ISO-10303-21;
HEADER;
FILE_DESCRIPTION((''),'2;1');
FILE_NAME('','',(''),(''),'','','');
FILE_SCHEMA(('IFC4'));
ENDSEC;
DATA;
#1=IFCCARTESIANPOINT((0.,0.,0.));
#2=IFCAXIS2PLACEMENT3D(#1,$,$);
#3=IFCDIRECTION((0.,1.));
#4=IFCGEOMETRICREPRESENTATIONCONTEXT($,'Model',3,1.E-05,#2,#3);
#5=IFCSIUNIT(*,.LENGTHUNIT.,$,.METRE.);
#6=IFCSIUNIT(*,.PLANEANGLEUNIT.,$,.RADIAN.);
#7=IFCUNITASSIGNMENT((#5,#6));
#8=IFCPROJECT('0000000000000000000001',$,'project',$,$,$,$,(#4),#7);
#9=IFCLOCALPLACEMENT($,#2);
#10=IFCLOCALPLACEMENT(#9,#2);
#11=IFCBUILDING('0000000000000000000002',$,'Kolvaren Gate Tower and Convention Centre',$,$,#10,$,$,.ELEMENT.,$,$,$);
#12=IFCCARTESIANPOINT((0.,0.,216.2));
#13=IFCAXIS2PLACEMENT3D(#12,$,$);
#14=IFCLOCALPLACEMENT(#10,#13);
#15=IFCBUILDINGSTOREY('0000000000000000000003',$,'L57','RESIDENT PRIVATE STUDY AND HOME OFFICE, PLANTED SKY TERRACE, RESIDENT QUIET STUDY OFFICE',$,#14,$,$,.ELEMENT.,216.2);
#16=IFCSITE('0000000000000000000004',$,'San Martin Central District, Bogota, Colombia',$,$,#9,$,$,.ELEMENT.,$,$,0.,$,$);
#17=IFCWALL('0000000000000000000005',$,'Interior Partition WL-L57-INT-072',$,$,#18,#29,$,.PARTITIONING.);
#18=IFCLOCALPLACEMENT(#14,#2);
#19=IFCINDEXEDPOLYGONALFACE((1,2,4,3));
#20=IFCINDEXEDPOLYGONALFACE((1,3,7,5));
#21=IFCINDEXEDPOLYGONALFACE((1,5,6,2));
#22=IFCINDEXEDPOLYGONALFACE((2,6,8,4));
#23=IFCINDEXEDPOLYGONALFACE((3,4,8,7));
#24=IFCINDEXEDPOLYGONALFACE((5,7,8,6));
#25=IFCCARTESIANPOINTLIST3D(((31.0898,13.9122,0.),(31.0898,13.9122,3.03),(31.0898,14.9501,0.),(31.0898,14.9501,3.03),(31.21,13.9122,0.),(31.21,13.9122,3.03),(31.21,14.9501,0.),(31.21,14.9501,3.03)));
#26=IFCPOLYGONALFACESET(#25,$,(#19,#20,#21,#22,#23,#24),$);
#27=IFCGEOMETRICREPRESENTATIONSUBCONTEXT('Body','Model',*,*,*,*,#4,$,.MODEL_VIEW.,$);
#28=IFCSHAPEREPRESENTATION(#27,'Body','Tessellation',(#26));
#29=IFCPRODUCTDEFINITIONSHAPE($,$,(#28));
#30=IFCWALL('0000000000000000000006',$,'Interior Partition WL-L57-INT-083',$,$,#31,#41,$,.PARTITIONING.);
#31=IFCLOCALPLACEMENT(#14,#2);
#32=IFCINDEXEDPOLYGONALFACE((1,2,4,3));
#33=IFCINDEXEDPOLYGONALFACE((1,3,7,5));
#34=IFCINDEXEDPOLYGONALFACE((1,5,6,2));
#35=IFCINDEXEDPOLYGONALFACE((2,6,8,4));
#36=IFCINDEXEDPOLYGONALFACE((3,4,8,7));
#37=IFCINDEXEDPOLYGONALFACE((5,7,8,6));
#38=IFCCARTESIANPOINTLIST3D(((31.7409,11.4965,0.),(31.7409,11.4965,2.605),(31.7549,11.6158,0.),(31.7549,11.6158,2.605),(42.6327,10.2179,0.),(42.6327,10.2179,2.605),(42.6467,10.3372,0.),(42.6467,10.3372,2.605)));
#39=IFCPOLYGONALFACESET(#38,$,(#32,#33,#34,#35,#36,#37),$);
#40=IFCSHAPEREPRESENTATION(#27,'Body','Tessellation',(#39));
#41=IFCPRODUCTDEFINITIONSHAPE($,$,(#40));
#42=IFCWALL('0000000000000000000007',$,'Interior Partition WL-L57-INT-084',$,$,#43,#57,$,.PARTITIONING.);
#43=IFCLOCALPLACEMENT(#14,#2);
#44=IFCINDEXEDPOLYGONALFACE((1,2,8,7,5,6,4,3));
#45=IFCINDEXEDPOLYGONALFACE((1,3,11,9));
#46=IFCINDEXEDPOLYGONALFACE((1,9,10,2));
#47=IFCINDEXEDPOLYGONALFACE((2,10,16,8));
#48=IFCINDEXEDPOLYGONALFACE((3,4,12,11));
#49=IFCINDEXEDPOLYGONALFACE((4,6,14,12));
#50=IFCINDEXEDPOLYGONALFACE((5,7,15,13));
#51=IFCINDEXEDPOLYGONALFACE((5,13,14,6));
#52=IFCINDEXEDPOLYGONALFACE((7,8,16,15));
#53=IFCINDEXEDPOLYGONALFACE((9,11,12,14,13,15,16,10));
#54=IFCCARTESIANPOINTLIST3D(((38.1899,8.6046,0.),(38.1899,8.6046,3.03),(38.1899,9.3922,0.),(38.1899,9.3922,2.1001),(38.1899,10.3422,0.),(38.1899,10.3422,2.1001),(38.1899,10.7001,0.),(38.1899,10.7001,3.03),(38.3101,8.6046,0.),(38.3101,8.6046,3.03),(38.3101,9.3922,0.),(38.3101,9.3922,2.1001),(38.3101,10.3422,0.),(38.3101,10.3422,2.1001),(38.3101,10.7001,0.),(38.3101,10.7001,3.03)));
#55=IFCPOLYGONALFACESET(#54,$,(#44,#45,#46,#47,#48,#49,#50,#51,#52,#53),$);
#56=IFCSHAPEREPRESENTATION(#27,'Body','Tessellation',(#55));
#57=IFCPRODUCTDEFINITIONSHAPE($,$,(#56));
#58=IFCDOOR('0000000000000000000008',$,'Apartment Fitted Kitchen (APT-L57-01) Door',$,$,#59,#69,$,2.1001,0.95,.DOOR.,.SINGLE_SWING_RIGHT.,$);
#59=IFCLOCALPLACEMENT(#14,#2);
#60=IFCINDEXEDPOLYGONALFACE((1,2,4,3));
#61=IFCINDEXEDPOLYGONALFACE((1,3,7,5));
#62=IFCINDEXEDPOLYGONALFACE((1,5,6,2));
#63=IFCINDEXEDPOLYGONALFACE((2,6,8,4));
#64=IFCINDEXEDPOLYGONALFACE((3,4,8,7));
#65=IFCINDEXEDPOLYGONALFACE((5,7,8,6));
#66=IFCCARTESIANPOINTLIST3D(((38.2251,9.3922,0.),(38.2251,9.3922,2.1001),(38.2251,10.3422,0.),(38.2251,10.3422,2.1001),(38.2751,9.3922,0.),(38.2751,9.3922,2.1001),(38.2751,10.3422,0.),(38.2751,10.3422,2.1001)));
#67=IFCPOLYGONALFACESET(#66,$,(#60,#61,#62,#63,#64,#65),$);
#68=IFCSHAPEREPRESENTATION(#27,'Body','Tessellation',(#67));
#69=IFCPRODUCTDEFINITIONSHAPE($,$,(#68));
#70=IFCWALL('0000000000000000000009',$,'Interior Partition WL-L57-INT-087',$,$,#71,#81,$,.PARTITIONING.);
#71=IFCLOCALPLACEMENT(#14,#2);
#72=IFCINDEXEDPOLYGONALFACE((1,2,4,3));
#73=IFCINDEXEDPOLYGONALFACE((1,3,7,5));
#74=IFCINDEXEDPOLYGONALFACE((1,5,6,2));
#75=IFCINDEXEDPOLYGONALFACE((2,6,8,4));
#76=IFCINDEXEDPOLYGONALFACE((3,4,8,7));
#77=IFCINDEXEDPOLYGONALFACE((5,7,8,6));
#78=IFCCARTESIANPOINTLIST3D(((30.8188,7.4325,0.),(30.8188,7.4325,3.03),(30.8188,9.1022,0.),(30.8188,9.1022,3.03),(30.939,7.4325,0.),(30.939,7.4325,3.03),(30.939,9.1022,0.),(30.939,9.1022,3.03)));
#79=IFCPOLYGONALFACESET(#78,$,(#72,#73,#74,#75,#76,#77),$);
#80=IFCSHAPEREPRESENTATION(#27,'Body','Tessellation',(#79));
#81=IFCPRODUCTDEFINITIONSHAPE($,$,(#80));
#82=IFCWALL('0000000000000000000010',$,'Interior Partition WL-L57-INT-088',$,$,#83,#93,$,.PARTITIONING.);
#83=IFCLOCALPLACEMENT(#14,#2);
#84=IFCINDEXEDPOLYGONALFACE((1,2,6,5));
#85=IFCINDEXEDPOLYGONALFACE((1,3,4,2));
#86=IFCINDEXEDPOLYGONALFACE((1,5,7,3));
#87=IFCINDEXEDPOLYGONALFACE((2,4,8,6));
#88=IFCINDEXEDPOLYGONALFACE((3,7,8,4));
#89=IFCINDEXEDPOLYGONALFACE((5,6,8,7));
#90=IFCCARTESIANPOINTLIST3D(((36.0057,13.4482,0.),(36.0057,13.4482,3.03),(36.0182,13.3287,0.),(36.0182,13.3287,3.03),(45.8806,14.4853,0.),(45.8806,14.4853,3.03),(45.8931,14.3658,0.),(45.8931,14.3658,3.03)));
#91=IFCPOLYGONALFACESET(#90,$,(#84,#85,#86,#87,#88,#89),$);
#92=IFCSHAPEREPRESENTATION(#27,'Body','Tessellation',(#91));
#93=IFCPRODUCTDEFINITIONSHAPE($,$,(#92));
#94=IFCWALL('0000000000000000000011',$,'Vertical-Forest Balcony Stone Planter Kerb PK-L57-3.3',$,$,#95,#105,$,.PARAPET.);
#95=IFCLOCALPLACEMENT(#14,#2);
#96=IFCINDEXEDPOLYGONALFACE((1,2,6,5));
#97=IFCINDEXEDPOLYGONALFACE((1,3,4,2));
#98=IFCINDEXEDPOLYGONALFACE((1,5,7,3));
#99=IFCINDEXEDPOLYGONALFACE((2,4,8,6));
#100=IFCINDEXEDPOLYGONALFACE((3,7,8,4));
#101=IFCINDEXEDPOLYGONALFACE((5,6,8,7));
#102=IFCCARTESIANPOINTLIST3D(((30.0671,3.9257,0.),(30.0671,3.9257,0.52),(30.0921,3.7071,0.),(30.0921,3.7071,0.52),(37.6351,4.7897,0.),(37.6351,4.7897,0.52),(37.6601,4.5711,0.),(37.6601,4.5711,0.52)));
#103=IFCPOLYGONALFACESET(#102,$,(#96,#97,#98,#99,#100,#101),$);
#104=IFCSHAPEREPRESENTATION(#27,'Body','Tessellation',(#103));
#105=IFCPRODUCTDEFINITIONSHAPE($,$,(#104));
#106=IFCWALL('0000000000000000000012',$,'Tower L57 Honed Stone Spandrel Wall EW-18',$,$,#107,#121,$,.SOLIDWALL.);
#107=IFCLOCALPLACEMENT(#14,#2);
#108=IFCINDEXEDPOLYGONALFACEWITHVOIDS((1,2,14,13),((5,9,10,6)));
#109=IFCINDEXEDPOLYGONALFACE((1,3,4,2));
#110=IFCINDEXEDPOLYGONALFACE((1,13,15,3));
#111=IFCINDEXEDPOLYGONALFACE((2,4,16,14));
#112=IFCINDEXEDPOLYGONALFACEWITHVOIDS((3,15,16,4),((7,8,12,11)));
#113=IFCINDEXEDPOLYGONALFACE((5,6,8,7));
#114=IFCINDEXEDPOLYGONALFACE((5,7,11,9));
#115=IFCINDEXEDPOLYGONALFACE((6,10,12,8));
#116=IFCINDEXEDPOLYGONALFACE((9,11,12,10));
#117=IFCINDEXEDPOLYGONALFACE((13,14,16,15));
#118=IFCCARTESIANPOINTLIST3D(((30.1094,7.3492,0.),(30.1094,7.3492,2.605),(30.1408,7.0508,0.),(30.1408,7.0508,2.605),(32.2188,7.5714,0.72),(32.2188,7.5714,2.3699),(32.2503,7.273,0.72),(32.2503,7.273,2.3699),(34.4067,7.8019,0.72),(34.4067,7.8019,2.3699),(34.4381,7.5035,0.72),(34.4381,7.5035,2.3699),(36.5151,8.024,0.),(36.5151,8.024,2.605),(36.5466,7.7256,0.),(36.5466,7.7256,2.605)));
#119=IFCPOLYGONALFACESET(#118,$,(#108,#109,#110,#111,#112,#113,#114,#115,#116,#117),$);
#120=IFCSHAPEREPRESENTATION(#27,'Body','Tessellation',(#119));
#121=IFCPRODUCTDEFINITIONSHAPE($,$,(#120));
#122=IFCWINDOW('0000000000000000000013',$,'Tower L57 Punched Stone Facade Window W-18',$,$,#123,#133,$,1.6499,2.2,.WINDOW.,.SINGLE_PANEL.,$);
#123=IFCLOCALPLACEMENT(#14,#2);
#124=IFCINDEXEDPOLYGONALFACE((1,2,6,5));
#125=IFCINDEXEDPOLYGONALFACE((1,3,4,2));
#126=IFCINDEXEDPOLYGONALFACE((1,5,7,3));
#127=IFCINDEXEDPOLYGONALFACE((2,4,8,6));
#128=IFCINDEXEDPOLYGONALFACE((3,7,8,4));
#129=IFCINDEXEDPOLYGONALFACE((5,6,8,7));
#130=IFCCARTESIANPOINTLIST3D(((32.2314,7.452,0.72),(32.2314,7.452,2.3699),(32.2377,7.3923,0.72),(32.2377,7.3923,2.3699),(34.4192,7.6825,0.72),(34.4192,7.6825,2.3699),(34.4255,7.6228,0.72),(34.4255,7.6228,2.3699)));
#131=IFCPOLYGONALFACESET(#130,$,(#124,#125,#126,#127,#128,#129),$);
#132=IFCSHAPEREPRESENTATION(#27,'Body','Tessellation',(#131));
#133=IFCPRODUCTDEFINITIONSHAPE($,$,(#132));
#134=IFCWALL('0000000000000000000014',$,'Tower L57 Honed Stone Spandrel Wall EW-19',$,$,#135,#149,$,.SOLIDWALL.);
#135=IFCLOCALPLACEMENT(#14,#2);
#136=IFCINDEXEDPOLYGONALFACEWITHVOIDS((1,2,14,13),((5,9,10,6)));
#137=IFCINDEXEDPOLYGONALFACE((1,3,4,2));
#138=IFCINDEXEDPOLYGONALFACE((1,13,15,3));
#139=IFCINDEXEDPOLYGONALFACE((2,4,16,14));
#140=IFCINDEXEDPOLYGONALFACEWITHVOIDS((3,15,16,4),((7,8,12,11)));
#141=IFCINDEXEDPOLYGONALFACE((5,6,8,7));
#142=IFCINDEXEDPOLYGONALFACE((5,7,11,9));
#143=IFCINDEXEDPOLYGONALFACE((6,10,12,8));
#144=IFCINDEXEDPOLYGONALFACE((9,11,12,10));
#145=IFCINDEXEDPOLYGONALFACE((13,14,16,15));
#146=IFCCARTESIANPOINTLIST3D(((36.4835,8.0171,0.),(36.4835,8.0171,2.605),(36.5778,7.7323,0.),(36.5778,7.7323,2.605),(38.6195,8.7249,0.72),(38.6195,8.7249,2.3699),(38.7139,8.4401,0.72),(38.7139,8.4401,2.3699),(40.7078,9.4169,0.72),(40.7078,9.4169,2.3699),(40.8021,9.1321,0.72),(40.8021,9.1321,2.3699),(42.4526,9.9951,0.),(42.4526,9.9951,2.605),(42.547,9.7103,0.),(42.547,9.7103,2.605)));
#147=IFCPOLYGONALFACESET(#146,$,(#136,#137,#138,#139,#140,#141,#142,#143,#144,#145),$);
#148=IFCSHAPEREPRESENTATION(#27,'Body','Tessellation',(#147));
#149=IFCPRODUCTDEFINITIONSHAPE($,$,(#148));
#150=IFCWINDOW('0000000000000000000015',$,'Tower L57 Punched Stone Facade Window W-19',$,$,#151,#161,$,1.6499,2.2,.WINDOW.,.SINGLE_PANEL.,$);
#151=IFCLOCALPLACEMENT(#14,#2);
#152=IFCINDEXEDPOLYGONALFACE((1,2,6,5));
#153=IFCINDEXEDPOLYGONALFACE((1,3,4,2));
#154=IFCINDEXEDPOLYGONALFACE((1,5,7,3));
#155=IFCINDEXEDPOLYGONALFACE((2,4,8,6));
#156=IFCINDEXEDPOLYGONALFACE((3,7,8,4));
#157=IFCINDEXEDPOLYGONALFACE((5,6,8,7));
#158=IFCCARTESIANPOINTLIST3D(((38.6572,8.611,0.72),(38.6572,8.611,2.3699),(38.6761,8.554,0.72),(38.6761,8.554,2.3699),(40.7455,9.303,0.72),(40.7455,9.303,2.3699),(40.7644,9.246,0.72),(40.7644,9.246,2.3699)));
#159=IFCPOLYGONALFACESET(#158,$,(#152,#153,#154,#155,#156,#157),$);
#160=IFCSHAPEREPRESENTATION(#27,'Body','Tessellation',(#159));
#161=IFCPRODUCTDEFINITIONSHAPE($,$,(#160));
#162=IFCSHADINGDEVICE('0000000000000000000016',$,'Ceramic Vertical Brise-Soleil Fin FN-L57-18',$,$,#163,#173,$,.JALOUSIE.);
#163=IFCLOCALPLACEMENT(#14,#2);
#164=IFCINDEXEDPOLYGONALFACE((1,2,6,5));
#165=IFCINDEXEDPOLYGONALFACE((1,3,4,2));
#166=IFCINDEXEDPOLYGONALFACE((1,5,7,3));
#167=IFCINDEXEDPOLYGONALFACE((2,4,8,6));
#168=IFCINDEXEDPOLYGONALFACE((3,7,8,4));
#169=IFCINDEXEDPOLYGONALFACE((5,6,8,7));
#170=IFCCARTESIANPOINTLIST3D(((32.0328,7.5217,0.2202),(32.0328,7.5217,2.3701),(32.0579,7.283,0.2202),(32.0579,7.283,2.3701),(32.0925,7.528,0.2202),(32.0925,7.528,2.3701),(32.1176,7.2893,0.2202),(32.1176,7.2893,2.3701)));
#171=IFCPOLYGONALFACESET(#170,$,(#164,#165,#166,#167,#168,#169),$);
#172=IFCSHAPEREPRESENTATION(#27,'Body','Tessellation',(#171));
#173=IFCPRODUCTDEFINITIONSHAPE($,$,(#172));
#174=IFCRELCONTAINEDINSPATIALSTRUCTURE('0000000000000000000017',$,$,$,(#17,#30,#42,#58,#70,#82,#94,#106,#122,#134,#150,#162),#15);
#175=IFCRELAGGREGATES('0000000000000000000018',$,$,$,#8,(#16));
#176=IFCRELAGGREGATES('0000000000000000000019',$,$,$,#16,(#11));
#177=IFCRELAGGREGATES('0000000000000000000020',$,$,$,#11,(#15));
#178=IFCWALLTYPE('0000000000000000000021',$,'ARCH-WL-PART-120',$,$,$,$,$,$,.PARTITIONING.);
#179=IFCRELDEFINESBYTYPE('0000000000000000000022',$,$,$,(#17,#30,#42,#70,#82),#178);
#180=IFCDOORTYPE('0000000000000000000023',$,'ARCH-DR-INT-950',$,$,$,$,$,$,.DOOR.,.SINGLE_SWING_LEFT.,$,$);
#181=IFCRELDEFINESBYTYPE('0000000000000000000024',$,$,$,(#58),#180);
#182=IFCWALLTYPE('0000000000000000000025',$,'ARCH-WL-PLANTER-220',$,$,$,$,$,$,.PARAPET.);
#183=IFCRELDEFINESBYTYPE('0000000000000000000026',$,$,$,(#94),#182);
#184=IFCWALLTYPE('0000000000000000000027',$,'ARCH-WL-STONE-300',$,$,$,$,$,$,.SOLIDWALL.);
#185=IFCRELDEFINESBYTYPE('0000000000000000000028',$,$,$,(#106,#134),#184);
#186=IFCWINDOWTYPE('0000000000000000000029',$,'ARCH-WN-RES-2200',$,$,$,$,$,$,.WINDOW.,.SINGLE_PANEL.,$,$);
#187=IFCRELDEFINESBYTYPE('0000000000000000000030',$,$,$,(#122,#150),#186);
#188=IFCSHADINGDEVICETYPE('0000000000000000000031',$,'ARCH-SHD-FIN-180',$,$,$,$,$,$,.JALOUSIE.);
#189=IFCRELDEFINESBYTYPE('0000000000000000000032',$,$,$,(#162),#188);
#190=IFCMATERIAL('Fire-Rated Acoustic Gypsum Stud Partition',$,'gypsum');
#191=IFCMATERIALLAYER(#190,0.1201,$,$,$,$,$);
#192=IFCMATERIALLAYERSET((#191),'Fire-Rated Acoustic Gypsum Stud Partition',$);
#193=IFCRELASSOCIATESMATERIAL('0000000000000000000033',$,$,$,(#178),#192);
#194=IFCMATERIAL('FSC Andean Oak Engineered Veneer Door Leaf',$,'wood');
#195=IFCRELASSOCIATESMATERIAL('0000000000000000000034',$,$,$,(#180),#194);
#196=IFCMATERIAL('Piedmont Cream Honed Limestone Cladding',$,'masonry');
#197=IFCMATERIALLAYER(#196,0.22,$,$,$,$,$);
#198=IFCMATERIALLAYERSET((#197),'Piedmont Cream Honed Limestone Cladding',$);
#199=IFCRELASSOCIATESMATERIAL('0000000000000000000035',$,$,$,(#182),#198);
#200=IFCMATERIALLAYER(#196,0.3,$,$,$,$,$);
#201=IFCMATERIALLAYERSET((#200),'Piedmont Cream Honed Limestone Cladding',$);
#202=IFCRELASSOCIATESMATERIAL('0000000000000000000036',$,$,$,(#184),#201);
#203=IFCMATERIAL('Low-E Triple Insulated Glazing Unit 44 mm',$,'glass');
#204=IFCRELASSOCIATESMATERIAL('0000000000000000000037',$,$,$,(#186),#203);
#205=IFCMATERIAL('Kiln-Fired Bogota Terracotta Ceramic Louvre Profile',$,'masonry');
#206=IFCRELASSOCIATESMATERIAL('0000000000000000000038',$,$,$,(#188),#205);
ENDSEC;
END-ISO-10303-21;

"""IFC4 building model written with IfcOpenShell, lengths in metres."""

from ifc_helpers import new_model, si_unit, direction, frame, frame_2d, origin, origin_2d, place, context, subcontext, project, spatial, rectangle, extrude, material, layer, layer_set, type_object, element, fill, save


model = new_model("IFC4")

# Units and contexts
model_context = context("Model", 3, precision=1e-05, world=origin(), true_north=direction((0.0, 1.0)))
body_context = subcontext(model_context, "Body", "Model", "MODEL_VIEW")
ifc_project = project(units=[si_unit("LENGTHUNIT", "METRE"), si_unit("PLANEANGLEUNIT", "RADIAN")], contexts=[model_context])

# Site, building, storey
site_placement = place(None, origin())
site = spatial("IfcSite", under=ifc_project, at=site_placement, Name="San Martin Central District, Bogota, Colombia", CompositionType="ELEMENT", RefElevation=0.0)
building_placement = place(site_placement, origin())
building = spatial("IfcBuilding", under=site, at=building_placement, Name="Kolvaren Gate Tower and Convention Centre", CompositionType="ELEMENT")
storey_placement = place(building_placement, frame((0.0, 0.0, 216.2)))
storey = spatial("IfcBuildingStorey", under=building, at=storey_placement, Name="L57", Description="RESIDENT PRIVATE STUDY AND HOME OFFICE, PLANTED SKY TERRACE, RESIDENT QUIET STUDY OFFICE", CompositionType="ELEMENT", Elevation=216.2)

# Shared definitions
ifc_material_1 = material(Name="Fire-Rated Acoustic Gypsum Stud Partition", Category="gypsum")
ifc_layer_1 = layer(ifc_material_1, 0.1201)
ifc_layer_set_1 = layer_set([ifc_layer_1], Name="Fire-Rated Acoustic Gypsum Stud Partition")
wall_type_1 = type_object("IfcWallType", Name="ARCH-WL-PART-120", PredefinedType="PARTITIONING", material=ifc_layer_set_1)

# Walls
wall_1_placement = place(storey_placement, frame((31.1499, 13.9121, 0.0), z_axis=(0.0, 0.0, 1.0), x_axis=(0.0, 1.0, 0.0)))
element("IfcWall", 1, at=wall_1_placement, inside=storey, type_object=wall_type_1, Name="Interior Partition WL-L57-INT-072", PredefinedType="PARTITIONING", context=body_context, shape_type="SweptSolid", body=[
    extrude(rectangle(XDim=1.0378, YDim=0.1201, at=frame_2d((0.519, 0.0))), origin(), (0.0, 0.0, 1.0), 3.03),
])
wall_2_placement = place(storey_placement, frame((31.7478, 11.5562, 0.0), z_axis=(0.0, 0.0, 1.0), x_axis=(0.993181, -0.116587, 0.0)))
element("IfcWall", 2, at=wall_2_placement, inside=storey, type_object=wall_type_1, Name="Interior Partition WL-L57-INT-083", PredefinedType="PARTITIONING", context=body_context, shape_type="SweptSolid", body=[
    extrude(rectangle(XDim=10.9666, YDim=0.1201, at=frame_2d((5.4834, 0.0))), origin(), (0.0, 0.0, 1.0), 2.605),
])

# Wall, opening, door
wall_3_placement = place(storey_placement, frame((38.25, 8.6045, 0.0), z_axis=(0.0, 0.0, 1.0), x_axis=(0.0, 1.0, 0.0)))
wall_3 = element("IfcWall", 3, at=wall_3_placement, inside=storey, type_object=wall_type_1, Name="Interior Partition WL-L57-INT-084", PredefinedType="PARTITIONING", context=body_context, shape_type="SweptSolid", body=[
    extrude(rectangle(XDim=2.0955, YDim=0.1201, at=frame_2d((1.0479, 0.0))), origin(), (0.0, 0.0, 1.0), 3.03),
])
opening_1_placement = place(wall_3_placement, frame((0.7876, 0.0, 0.0)))
opening_1 = element("IfcOpeningElement", 4, at=opening_1_placement, cuts=wall_3, PredefinedType="OPENING", context=body_context, shape_type="SweptSolid", body=[
    extrude(rectangle(XDim=0.95, YDim=2.1001, at=frame_2d((0.4751, 1.05))), frame((0.0, 0.0701, 0.0), z_axis=(0.0, -1.0, 0.0), x_axis=(1.0, 0.0, 0.0)), (0.0, 0.0, 1.0), 0.1401),
])
ifc_material_2 = material(Name="FSC Andean Oak Engineered Veneer Door Leaf", Category="wood")
door_type_1 = type_object("IfcDoorType", Name="ARCH-DR-INT-950", OperationType="SINGLE_SWING_LEFT", PredefinedType="DOOR", material=ifc_material_2)
door_1_placement = place(opening_1_placement, origin())
door_1 = element("IfcDoor", 5, at=door_1_placement, inside=storey, type_object=door_type_1, Name="Apartment Fitted Kitchen (APT-L57-01) Door", OperationType="SINGLE_SWING_RIGHT", OverallHeight=2.1001, OverallWidth=0.95, PredefinedType="DOOR", context=body_context, shape_type="SweptSolid", body=[
    extrude(rectangle(XDim=0.95, YDim=2.1001, at=frame_2d((0.4751, 1.05))), frame((0.0, 0.0249, 0.0), z_axis=(0.0, -1.0, 0.0), x_axis=(1.0, 0.0, 0.0)), (0.0, 0.0, 1.0), 0.05),
])
fill(opening_1, door_1)

# Walls
wall_4_placement = place(storey_placement, frame((30.8789, 7.4324, 0.0), z_axis=(0.0, 0.0, 1.0), x_axis=(0.0, 1.0, 0.0)))
element("IfcWall", 6, at=wall_4_placement, inside=storey, type_object=wall_type_1, Name="Interior Partition WL-L57-INT-087", PredefinedType="PARTITIONING", context=body_context, shape_type="SweptSolid", body=[
    extrude(rectangle(XDim=1.6697, YDim=0.1201, at=frame_2d((0.835, 0.0))), origin(), (0.0, 0.0, 1.0), 3.03),
])
wall_5_placement = place(storey_placement, frame((36.012, 13.3884, 0.0), z_axis=(0.0, 0.0, 1.0), x_axis=(0.99453, 0.104449, 0.0)))
element("IfcWall", 7, at=wall_5_placement, inside=storey, type_object=wall_type_1, Name="Interior Partition WL-L57-INT-088", PredefinedType="PARTITIONING", context=body_context, shape_type="SweptSolid", body=[
    extrude(rectangle(XDim=9.9292, YDim=0.1201, at=frame_2d((4.9646, 0.0))), origin(), (0.0, 0.0, 1.0), 3.03),
])
ifc_material_3 = material(Name="Piedmont Cream Honed Limestone Cladding", Category="masonry")
ifc_layer_2 = layer(ifc_material_3, 0.22)
ifc_layer_set_2 = layer_set([ifc_layer_2], Name="Piedmont Cream Honed Limestone Cladding")
wall_type_2 = type_object("IfcWallType", Name="ARCH-WL-PLANTER-220", PredefinedType="PARAPET", material=ifc_layer_set_2)
wall_6_placement = place(storey_placement, frame((30.0796, 3.8164, 0.0), z_axis=(0.0, 0.0, 1.0), x_axis=(0.993546, 0.113428, 0.0)))
element("IfcWall", 8, at=wall_6_placement, inside=storey, type_object=wall_type_2, Name="Vertical-Forest Balcony Stone Planter Kerb PK-L57-3.3", PredefinedType="PARAPET", context=body_context, shape_type="SweptSolid", body=[
    extrude(rectangle(XDim=7.6172, YDim=0.22, at=frame_2d((3.8086, 0.0))), origin(), (0.0, 0.0, 1.0), 0.52),
])

# Walls, openings, windows
ifc_layer_3 = layer(ifc_material_3, 0.3)
ifc_layer_set_3 = layer_set([ifc_layer_3], Name="Piedmont Cream Honed Limestone Cladding")
wall_type_3 = type_object("IfcWallType", Name="ARCH-WL-STONE-300", PredefinedType="SOLIDWALL", material=ifc_layer_set_3)
wall_7_placement = place(storey_placement, frame((30.125, 7.2, 0.0), z_axis=(0.0, 0.0, 1.0), x_axis=(0.994497, 0.104764, 0.0)))
wall_7 = element("IfcWall", 9, at=wall_7_placement, inside=storey, type_object=wall_type_3, Name="Tower L57 Honed Stone Spandrel Wall EW-18", PredefinedType="SOLIDWALL", context=body_context, shape_type="SweptSolid", body=[
    extrude(rectangle(XDim=6.4412, YDim=0.3, at=frame_2d((3.2207, 0.0))), origin(), (0.0, 0.0, 1.0), 2.605),
])
opening_2_placement = place(wall_7_placement, frame((2.1211, 0.0, 0.72)))
opening_2 = element("IfcOpeningElement", 10, at=opening_2_placement, cuts=wall_7, PredefinedType="OPENING", context=body_context, shape_type="SweptSolid", body=[
    extrude(rectangle(XDim=2.2, YDim=1.6499, at=frame_2d((1.1001, 0.825))), frame((0.0, 0.1599, 0.0), z_axis=(0.0, -1.0, 0.0), x_axis=(1.0, 0.0, 0.0)), (0.0, 0.0, 1.0), 0.3201),
])
ifc_material_4 = material(Name="Low-E Triple Insulated Glazing Unit 44 mm", Category="glass")
window_type = type_object("IfcWindowType", Name="ARCH-WN-RES-2200", PartitioningType="SINGLE_PANEL", PredefinedType="WINDOW", material=ifc_material_4)
window_1_placement = place(opening_2_placement, origin())
window_1 = element("IfcWindow", 11, at=window_1_placement, inside=storey, type_object=window_type, Name="Tower L57 Punched Stone Facade Window W-18", OverallHeight=1.6499, OverallWidth=2.2, PartitioningType="SINGLE_PANEL", PredefinedType="WINDOW", context=body_context, shape_type="SweptSolid", body=[
    extrude(rectangle(XDim=2.2, YDim=1.6499, at=frame_2d((1.1001, 0.825))), frame((0.0, 0.03, 0.0), z_axis=(0.0, -1.0, 0.0), x_axis=(1.0, 0.0, 0.0)), (0.0, 0.0, 1.0), 0.0601),
])
fill(opening_2, window_1)
wall_8_placement = place(storey_placement, frame((36.5308, 7.8748, 0.0), z_axis=(0.0, 0.0, 1.0), x_axis=(0.949241, 0.31455, 0.0)))
wall_8 = element("IfcWall", 12, at=wall_8_placement, inside=storey, type_object=wall_type_3, Name="Tower L57 Honed Stone Spandrel Wall EW-19", PredefinedType="SOLIDWALL", context=body_context, shape_type="SweptSolid", body=[
    extrude(rectangle(XDim=6.2883, YDim=0.3, at=frame_2d((3.144, 0.0))), origin(), (0.0, 0.0, 1.0), 2.605),
])
opening_3_placement = place(wall_8_placement, frame((2.25, 0.0, 0.72)))
opening_3 = element("IfcOpeningElement", 13, at=opening_3_placement, cuts=wall_8, PredefinedType="OPENING", context=body_context, shape_type="SweptSolid", body=[
    extrude(rectangle(XDim=2.2, YDim=1.6499, at=frame_2d((1.1001, 0.825))), frame((0.0, 0.1599, 0.0), z_axis=(0.0, -1.0, 0.0), x_axis=(1.0, 0.0, 0.0)), (0.0, 0.0, 1.0), 0.3201),
])
window_2_placement = place(opening_3_placement, origin())
window_2 = element("IfcWindow", 14, at=window_2_placement, inside=storey, type_object=window_type, Name="Tower L57 Punched Stone Facade Window W-19", OverallHeight=1.6499, OverallWidth=2.2, PartitioningType="SINGLE_PANEL", PredefinedType="WINDOW", context=body_context, shape_type="SweptSolid", body=[
    extrude(rectangle(XDim=2.2, YDim=1.6499, at=frame_2d((1.1001, 0.825))), frame((0.0, 0.03, 0.0), z_axis=(0.0, -1.0, 0.0), x_axis=(1.0, 0.0, 0.0)), (0.0, 0.0, 1.0), 0.0601),
])
fill(opening_3, window_2)

# Shading device
ifc_material_5 = material(Name="Kiln-Fired Bogota Terracotta Ceramic Louvre Profile", Category="masonry")
shading_device_type = type_object("IfcShadingDeviceType", Name="ARCH-SHD-FIN-180", PredefinedType="JALOUSIE", material=ifc_material_5)
shading_device_placement = place(storey_placement, frame((32.0752, 7.4055, 0.2202), z_axis=(0.0, 0.0, 1.0), x_axis=(0.994499, 0.104747, 0.0)))
element("IfcShadingDevice", 15, at=shading_device_placement, inside=storey, type_object=shading_device_type, Name="Ceramic Vertical Brise-Soleil Fin FN-L57-18", PredefinedType="JALOUSIE", context=body_context, shape_type="SweptSolid", body=[
    extrude(rectangle(XDim=0.0601, YDim=0.24, at=origin_2d()), origin(), (0.0, 0.0, 1.0), 2.1499),
])

save(model, "model.ifc")
